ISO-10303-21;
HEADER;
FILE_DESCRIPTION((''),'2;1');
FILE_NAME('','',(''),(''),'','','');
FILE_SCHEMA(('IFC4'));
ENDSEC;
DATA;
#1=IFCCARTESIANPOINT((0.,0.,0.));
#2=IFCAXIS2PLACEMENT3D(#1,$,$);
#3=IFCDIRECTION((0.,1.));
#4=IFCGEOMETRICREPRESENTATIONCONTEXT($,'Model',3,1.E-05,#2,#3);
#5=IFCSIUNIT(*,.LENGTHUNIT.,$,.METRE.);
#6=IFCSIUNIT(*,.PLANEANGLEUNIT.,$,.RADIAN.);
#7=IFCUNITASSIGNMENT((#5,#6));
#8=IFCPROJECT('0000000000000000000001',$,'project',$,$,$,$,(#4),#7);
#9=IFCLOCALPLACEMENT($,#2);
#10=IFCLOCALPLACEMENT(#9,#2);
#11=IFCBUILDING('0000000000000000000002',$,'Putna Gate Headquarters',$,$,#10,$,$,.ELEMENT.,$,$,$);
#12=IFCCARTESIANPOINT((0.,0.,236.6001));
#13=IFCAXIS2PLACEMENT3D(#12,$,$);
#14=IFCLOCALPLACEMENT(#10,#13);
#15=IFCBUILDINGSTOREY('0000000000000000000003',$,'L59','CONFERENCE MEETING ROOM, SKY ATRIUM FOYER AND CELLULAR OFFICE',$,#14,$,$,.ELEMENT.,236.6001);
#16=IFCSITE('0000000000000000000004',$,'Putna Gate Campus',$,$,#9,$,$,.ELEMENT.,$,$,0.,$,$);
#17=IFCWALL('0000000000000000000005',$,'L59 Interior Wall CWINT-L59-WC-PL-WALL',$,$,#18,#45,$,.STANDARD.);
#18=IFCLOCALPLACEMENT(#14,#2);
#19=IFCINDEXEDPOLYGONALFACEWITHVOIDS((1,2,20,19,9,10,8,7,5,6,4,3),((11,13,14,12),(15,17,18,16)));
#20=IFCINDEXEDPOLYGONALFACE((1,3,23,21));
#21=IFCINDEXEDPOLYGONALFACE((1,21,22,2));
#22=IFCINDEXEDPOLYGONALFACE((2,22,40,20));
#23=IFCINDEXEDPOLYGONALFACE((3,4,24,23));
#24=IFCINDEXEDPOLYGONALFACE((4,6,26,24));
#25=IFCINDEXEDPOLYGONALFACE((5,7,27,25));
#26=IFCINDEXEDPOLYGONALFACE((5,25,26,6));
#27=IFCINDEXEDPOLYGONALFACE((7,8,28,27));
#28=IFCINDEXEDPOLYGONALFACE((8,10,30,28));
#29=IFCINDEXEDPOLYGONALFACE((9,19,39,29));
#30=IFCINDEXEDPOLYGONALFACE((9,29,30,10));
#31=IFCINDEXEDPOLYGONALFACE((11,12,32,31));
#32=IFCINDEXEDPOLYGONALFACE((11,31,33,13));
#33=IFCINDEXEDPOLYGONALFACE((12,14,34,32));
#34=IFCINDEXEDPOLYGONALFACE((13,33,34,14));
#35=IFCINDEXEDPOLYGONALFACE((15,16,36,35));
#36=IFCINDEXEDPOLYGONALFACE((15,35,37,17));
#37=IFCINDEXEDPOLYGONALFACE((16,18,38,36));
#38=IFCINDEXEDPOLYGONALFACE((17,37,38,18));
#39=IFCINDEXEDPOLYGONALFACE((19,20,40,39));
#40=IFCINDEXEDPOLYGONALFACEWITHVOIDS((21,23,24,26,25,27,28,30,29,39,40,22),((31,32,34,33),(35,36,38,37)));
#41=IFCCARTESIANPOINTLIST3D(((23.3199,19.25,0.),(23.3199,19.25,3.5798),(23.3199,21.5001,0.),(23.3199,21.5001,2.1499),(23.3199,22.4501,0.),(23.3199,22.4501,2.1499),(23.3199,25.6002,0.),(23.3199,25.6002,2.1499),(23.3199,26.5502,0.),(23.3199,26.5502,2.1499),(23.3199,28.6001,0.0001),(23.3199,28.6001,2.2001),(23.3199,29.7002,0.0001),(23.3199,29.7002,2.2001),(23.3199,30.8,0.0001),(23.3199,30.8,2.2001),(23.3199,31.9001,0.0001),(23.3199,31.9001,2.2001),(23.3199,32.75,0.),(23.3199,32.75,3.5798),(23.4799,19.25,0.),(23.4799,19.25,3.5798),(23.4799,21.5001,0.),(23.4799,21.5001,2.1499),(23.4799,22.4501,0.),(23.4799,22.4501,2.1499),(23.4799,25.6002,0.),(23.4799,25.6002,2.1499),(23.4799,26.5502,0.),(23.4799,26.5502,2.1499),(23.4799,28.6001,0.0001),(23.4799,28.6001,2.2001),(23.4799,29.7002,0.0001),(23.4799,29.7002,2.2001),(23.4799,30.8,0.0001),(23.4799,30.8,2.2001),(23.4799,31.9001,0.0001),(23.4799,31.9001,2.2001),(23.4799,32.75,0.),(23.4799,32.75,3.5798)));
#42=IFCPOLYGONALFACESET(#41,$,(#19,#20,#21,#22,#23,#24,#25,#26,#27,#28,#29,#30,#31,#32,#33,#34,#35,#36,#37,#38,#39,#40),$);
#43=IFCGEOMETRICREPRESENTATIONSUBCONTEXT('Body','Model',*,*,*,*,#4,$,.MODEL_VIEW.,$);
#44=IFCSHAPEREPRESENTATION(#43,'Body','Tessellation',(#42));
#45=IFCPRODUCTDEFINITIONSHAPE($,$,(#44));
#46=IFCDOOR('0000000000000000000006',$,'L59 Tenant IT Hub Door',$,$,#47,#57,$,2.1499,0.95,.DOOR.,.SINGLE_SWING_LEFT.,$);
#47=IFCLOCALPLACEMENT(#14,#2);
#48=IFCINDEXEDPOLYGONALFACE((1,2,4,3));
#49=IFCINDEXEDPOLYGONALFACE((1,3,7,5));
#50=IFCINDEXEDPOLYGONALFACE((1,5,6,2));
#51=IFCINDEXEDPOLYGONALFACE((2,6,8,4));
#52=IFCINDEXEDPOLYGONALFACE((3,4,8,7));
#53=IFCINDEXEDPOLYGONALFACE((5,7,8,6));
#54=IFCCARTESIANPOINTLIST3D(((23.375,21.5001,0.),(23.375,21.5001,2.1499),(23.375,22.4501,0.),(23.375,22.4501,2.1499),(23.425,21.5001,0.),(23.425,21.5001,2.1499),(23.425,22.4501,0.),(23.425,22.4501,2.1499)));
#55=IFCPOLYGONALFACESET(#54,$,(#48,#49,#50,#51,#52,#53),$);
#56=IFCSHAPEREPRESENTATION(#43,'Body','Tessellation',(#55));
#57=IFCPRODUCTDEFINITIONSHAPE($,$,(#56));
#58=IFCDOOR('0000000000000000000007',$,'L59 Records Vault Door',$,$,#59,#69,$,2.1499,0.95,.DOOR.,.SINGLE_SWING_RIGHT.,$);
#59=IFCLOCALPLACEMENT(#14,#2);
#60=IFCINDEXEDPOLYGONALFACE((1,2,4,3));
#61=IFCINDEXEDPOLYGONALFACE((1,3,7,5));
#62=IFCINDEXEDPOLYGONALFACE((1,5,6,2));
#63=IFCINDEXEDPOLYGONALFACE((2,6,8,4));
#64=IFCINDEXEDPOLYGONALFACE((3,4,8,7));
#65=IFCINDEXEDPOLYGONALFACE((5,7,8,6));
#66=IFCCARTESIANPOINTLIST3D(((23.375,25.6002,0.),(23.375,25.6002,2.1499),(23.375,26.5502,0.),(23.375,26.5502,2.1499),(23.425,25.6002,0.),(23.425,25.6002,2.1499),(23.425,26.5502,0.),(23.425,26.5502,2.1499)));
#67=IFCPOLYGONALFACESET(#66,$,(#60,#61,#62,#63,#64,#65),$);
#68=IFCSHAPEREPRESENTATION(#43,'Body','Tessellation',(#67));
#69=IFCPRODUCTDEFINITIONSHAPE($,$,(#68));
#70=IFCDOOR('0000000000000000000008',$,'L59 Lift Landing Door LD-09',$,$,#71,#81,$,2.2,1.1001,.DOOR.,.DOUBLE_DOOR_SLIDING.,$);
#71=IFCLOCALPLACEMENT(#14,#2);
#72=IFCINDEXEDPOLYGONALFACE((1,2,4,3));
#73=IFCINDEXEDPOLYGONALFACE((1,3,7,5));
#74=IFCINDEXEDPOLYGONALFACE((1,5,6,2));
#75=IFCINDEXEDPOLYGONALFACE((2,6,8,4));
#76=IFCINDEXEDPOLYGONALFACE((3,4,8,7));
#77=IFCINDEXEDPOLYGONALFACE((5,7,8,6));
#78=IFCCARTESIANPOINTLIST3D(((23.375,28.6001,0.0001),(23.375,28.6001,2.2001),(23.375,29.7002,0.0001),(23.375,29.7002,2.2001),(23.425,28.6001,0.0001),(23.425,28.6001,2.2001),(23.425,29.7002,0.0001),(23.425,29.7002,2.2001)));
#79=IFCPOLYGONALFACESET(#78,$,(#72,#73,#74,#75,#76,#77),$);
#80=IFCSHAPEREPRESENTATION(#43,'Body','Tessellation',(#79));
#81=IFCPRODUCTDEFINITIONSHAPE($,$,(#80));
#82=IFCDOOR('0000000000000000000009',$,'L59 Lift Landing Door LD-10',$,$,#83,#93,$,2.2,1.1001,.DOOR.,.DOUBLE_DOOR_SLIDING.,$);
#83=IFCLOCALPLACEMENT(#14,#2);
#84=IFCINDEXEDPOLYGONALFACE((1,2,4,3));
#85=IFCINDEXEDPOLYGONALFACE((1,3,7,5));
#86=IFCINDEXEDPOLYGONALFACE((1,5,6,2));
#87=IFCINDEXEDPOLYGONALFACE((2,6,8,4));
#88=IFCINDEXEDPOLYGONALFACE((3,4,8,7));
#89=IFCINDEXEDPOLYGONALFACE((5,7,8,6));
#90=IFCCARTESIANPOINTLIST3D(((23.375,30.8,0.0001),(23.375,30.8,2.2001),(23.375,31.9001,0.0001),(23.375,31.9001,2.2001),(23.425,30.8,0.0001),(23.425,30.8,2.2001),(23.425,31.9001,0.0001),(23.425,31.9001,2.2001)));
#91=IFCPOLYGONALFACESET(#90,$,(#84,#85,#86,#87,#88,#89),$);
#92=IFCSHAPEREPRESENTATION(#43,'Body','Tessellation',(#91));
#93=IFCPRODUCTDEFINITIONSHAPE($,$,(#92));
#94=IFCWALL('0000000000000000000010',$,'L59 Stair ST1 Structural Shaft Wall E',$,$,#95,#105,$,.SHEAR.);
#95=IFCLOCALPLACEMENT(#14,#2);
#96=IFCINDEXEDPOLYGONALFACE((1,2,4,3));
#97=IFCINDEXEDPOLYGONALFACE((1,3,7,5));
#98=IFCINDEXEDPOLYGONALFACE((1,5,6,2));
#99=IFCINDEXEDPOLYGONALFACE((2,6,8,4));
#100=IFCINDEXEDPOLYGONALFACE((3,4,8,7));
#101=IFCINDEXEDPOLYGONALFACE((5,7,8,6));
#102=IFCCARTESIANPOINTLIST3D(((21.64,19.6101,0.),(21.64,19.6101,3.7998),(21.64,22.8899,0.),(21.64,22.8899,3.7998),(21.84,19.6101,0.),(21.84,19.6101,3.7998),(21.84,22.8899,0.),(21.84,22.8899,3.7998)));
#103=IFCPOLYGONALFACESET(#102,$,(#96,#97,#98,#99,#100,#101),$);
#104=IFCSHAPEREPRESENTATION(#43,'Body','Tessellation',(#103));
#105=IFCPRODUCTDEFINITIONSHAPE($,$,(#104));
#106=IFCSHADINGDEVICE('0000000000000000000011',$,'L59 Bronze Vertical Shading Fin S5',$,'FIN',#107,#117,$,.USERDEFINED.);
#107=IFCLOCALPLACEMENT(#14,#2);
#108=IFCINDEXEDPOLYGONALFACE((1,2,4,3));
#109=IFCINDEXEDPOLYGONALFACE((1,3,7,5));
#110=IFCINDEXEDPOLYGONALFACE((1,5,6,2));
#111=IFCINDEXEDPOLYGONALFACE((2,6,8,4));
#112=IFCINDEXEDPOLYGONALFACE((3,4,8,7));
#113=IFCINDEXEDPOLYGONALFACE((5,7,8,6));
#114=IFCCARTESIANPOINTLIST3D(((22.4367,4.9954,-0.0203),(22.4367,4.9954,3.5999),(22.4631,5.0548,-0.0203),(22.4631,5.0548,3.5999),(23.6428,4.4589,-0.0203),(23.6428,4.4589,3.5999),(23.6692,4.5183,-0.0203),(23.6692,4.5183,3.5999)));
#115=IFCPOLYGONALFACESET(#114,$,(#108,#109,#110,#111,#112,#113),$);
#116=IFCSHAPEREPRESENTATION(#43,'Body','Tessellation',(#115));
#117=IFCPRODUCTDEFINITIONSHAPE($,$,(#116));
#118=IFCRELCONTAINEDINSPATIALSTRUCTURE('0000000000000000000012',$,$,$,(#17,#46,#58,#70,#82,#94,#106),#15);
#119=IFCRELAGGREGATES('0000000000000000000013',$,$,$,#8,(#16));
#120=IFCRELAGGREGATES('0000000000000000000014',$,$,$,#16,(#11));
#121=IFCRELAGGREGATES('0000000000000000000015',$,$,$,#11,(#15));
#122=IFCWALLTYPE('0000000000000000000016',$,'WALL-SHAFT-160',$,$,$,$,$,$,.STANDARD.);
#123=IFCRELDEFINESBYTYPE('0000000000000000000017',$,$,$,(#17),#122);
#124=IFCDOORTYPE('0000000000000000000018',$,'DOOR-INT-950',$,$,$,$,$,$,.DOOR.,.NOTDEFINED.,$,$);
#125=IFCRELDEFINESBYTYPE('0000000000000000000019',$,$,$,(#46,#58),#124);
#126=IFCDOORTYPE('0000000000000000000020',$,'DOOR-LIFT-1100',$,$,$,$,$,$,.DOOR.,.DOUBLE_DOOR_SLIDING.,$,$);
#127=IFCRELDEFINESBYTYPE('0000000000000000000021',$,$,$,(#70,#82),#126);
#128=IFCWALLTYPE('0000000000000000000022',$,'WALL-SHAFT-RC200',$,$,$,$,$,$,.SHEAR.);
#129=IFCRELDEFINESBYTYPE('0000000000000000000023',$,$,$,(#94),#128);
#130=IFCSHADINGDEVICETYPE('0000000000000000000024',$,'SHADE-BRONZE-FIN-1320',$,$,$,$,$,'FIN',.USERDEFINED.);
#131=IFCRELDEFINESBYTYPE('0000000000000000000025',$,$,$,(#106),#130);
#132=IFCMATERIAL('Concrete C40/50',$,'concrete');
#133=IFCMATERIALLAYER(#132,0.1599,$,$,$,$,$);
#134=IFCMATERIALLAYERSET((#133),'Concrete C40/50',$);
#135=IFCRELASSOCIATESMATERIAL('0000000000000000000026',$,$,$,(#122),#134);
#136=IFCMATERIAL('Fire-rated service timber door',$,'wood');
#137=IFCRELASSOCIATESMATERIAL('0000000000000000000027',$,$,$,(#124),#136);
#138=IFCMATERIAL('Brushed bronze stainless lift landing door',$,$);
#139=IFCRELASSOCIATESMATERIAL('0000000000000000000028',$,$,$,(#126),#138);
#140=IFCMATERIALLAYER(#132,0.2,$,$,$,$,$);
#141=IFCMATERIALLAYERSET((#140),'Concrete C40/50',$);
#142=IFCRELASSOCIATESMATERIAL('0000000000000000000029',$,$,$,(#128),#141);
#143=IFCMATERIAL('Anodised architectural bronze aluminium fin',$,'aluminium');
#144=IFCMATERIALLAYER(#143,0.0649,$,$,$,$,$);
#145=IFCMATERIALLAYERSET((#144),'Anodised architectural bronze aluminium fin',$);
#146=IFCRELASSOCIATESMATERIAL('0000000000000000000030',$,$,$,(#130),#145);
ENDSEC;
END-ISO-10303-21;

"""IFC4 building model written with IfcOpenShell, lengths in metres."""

from ifc_helpers import new_model, si_unit, direction, frame, frame_2d, origin, origin_2d, place, context, subcontext, project, spatial, rectangle, extrude, material, layer, layer_set, type_object, element, fill, save


model = new_model("IFC4")

# Units and contexts
model_context = context("Model", 3, precision=1e-05, world=origin(), true_north=direction((0.0, 1.0)))
body_context = subcontext(model_context, "Body", "Model", "MODEL_VIEW")
ifc_project = project(units=[si_unit("LENGTHUNIT", "METRE"), si_unit("PLANEANGLEUNIT", "RADIAN")], contexts=[model_context])

# Site, building, storey
site_placement = place(None, origin())
site = spatial("IfcSite", under=ifc_project, at=site_placement, Name="Putna Gate Campus", CompositionType="ELEMENT", RefElevation=0.0)
building_placement = place(site_placement, origin())
building = spatial("IfcBuilding", under=site, at=building_placement, Name="Putna Gate Headquarters", CompositionType="ELEMENT")
storey_placement = place(building_placement, frame((0.0, 0.0, 236.6001)))
storey = spatial("IfcBuildingStorey", under=building, at=storey_placement, Name="L59", Description="CONFERENCE MEETING ROOM, SKY ATRIUM FOYER AND CELLULAR OFFICE", CompositionType="ELEMENT", Elevation=236.6001)

# Wall, openings, doors
ifc_material_1 = material(Name="Concrete C40/50", Category="concrete")
ifc_layer_1 = layer(ifc_material_1, 0.1599)
ifc_layer_set_1 = layer_set([ifc_layer_1], Name="Concrete C40/50")
wall_type_1 = type_object("IfcWallType", Name="WALL-SHAFT-160", PredefinedType="STANDARD", material=ifc_layer_set_1)
wall_1_placement = place(storey_placement, frame((23.3999, 19.25, 0.0), z_axis=(0.0, 0.0, 1.0), x_axis=(0.0, 1.0, 0.0)))
wall_1 = element("IfcWall", 1, at=wall_1_placement, inside=storey, type_object=wall_type_1, Name="L59 Interior Wall CWINT-L59-WC-PL-WALL", PredefinedType="STANDARD", context=body_context, shape_type="SweptSolid", body=[
    extrude(rectangle(XDim=13.5, YDim=0.1599, at=frame_2d((6.75, 0.0))), origin(), (0.0, 0.0, 1.0), 3.5798),
])
opening_1_placement = place(wall_1_placement, frame((2.25, 0.0, 0.0)))
opening_1 = element("IfcOpeningElement", 2, at=opening_1_placement, cuts=wall_1, PredefinedType="OPENING", context=body_context, shape_type="SweptSolid", body=[
    extrude(rectangle(XDim=0.95, YDim=2.1499, at=frame_2d((0.4751, 1.075))), frame((0.0, 0.0898, 0.0), z_axis=(0.0, -1.0, 0.0), x_axis=(1.0, 0.0, 0.0)), (0.0, 0.0, 1.0), 0.1799),
])
opening_2_placement = place(wall_1_placement, frame((6.3501, 0.0, 0.0)))
opening_2 = element("IfcOpeningElement", 3, at=opening_2_placement, cuts=wall_1, PredefinedType="OPENING", context=body_context, shape_type="SweptSolid", body=[
    extrude(rectangle(XDim=0.95, YDim=2.1499, at=frame_2d((0.4751, 1.075))), frame((0.0, 0.0898, 0.0), z_axis=(0.0, -1.0, 0.0), x_axis=(1.0, 0.0, 0.0)), (0.0, 0.0, 1.0), 0.1799),
])
opening_3_placement = place(wall_1_placement, frame((9.3501, 0.0, 0.0)))
opening_3 = element("IfcOpeningElement", 4, at=opening_3_placement, cuts=wall_1, PredefinedType="OPENING", context=body_context, shape_type="SweptSolid", body=[
    extrude(rectangle(XDim=1.1001, YDim=2.2, at=frame_2d((0.55, 1.1001))), frame((0.0, 0.0898, 0.0), z_axis=(0.0, -1.0, 0.0), x_axis=(1.0, 0.0, 0.0)), (0.0, 0.0, 1.0), 0.1799),
])
opening_4_placement = place(wall_1_placement, frame((11.55, 0.0, 0.0)))
opening_4 = element("IfcOpeningElement", 5, at=opening_4_placement, cuts=wall_1, PredefinedType="OPENING", context=body_context, shape_type="SweptSolid", body=[
    extrude(rectangle(XDim=1.1001, YDim=2.2, at=frame_2d((0.55, 1.1001))), frame((0.0, 0.0898, 0.0), z_axis=(0.0, -1.0, 0.0), x_axis=(1.0, 0.0, 0.0)), (0.0, 0.0, 1.0), 0.1799),
])
ifc_material_2 = material(Name="Fire-rated service timber door", Category="wood")
door_type_1 = type_object("IfcDoorType", Name="DOOR-INT-950", OperationType="NOTDEFINED", PredefinedType="DOOR", material=ifc_material_2)
door_1_placement = place(opening_1_placement, origin())
door_1 = element("IfcDoor", 6, at=door_1_placement, inside=storey, type_object=door_type_1, Name="L59 Tenant IT Hub Door", OperationType="SINGLE_SWING_LEFT", OverallHeight=2.1499, OverallWidth=0.95, PredefinedType="DOOR", context=body_context, shape_type="SweptSolid", body=[
    extrude(rectangle(XDim=0.95, YDim=2.1499, at=frame_2d((0.4751, 1.075))), frame((0.0, 0.0249, 0.0), z_axis=(0.0, -1.0, 0.0), x_axis=(1.0, 0.0, 0.0)), (0.0, 0.0, 1.0), 0.05),
])
fill(opening_1, door_1)
door_2_placement = place(opening_2_placement, origin())
door_2 = element("IfcDoor", 7, at=door_2_placement, inside=storey, type_object=door_type_1, Name="L59 Records Vault Door", OperationType="SINGLE_SWING_RIGHT", OverallHeight=2.1499, OverallWidth=0.95, PredefinedType="DOOR", context=body_context, shape_type="SweptSolid", body=[
    extrude(rectangle(XDim=0.95, YDim=2.1499, at=frame_2d((0.4751, 1.075))), frame((0.0, 0.0249, 0.0), z_axis=(0.0, -1.0, 0.0), x_axis=(1.0, 0.0, 0.0)), (0.0, 0.0, 1.0), 0.05),
])
fill(opening_2, door_2)
ifc_material_3 = material(Name="Brushed bronze stainless lift landing door")
door_type_2 = type_object("IfcDoorType", Name="DOOR-LIFT-1100", OperationType="DOUBLE_DOOR_SLIDING", PredefinedType="DOOR", material=ifc_material_3)
door_3_placement = place(opening_3_placement, origin())
door_3 = element("IfcDoor", 8, at=door_3_placement, inside=storey, type_object=door_type_2, Name="L59 Lift Landing Door LD-09", OperationType="DOUBLE_DOOR_SLIDING", OverallHeight=2.2, OverallWidth=1.1001, PredefinedType="DOOR", context=body_context, shape_type="SweptSolid", body=[
    extrude(rectangle(XDim=1.1001, YDim=2.2, at=frame_2d((0.55, 1.1001))), frame((0.0, 0.0249, 0.0), z_axis=(0.0, -1.0, 0.0), x_axis=(1.0, 0.0, 0.0)), (0.0, 0.0, 1.0), 0.05),
])
fill(opening_3, door_3)
door_4_placement = place(opening_4_placement, origin())
door_4 = element("IfcDoor", 9, at=door_4_placement, inside=storey, type_object=door_type_2, Name="L59 Lift Landing Door LD-10", OperationType="DOUBLE_DOOR_SLIDING", OverallHeight=2.2, OverallWidth=1.1001, PredefinedType="DOOR", context=body_context, shape_type="SweptSolid", body=[
    extrude(rectangle(XDim=1.1001, YDim=2.2, at=frame_2d((0.55, 1.1001))), frame((0.0, 0.0249, 0.0), z_axis=(0.0, -1.0, 0.0), x_axis=(1.0, 0.0, 0.0)), (0.0, 0.0, 1.0), 0.05),
])
fill(opening_4, door_4)

# Wall
ifc_layer_2 = layer(ifc_material_1, 0.2)
ifc_layer_set_2 = layer_set([ifc_layer_2], Name="Concrete C40/50")
wall_type_2 = type_object("IfcWallType", Name="WALL-SHAFT-RC200", PredefinedType="SHEAR", material=ifc_layer_set_2)
wall_2_placement = place(storey_placement, frame((21.74, 19.6101, 0.0), z_axis=(0.0, 0.0, 1.0), x_axis=(0.0, 1.0, 0.0)))
element("IfcWall", 10, at=wall_2_placement, inside=storey, type_object=wall_type_2, Name="L59 Stair ST1 Structural Shaft Wall E", PredefinedType="SHEAR", context=body_context, shape_type="SweptSolid", body=[
    extrude(rectangle(XDim=3.2798, YDim=0.2, at=frame_2d((1.6399, 0.0))), origin(), (0.0, 0.0, 1.0), 3.7998),
])

# Shading device
ifc_material_4 = material(Name="Anodised architectural bronze aluminium fin", Category="aluminium")
ifc_layer_3 = layer(ifc_material_4, 0.0649)
ifc_layer_set_3 = layer_set([ifc_layer_3], Name="Anodised architectural bronze aluminium fin")
shading_device_type = type_object("IfcShadingDeviceType", Name="SHADE-BRONZE-FIN-1320", ElementType="FIN", PredefinedType="USERDEFINED", material=ifc_layer_set_3)
shading_device_placement = place(storey_placement, frame((23.053, 4.7568, -0.0203), z_axis=(0.0, 0.0, 1.0), x_axis=(0.913687, -0.406418, 0.0)))
element("IfcShadingDevice", 11, at=shading_device_placement, inside=storey, type_object=shading_device_type, Name="L59 Bronze Vertical Shading Fin S5", ObjectType="FIN", PredefinedType="USERDEFINED", context=body_context, shape_type="SweptSolid", body=[
    extrude(rectangle(XDim=1.3201, YDim=0.0649, at=origin_2d()), origin(), (0.0, 0.0, 1.0), 3.6201),
])

save(model, "model.ifc")
